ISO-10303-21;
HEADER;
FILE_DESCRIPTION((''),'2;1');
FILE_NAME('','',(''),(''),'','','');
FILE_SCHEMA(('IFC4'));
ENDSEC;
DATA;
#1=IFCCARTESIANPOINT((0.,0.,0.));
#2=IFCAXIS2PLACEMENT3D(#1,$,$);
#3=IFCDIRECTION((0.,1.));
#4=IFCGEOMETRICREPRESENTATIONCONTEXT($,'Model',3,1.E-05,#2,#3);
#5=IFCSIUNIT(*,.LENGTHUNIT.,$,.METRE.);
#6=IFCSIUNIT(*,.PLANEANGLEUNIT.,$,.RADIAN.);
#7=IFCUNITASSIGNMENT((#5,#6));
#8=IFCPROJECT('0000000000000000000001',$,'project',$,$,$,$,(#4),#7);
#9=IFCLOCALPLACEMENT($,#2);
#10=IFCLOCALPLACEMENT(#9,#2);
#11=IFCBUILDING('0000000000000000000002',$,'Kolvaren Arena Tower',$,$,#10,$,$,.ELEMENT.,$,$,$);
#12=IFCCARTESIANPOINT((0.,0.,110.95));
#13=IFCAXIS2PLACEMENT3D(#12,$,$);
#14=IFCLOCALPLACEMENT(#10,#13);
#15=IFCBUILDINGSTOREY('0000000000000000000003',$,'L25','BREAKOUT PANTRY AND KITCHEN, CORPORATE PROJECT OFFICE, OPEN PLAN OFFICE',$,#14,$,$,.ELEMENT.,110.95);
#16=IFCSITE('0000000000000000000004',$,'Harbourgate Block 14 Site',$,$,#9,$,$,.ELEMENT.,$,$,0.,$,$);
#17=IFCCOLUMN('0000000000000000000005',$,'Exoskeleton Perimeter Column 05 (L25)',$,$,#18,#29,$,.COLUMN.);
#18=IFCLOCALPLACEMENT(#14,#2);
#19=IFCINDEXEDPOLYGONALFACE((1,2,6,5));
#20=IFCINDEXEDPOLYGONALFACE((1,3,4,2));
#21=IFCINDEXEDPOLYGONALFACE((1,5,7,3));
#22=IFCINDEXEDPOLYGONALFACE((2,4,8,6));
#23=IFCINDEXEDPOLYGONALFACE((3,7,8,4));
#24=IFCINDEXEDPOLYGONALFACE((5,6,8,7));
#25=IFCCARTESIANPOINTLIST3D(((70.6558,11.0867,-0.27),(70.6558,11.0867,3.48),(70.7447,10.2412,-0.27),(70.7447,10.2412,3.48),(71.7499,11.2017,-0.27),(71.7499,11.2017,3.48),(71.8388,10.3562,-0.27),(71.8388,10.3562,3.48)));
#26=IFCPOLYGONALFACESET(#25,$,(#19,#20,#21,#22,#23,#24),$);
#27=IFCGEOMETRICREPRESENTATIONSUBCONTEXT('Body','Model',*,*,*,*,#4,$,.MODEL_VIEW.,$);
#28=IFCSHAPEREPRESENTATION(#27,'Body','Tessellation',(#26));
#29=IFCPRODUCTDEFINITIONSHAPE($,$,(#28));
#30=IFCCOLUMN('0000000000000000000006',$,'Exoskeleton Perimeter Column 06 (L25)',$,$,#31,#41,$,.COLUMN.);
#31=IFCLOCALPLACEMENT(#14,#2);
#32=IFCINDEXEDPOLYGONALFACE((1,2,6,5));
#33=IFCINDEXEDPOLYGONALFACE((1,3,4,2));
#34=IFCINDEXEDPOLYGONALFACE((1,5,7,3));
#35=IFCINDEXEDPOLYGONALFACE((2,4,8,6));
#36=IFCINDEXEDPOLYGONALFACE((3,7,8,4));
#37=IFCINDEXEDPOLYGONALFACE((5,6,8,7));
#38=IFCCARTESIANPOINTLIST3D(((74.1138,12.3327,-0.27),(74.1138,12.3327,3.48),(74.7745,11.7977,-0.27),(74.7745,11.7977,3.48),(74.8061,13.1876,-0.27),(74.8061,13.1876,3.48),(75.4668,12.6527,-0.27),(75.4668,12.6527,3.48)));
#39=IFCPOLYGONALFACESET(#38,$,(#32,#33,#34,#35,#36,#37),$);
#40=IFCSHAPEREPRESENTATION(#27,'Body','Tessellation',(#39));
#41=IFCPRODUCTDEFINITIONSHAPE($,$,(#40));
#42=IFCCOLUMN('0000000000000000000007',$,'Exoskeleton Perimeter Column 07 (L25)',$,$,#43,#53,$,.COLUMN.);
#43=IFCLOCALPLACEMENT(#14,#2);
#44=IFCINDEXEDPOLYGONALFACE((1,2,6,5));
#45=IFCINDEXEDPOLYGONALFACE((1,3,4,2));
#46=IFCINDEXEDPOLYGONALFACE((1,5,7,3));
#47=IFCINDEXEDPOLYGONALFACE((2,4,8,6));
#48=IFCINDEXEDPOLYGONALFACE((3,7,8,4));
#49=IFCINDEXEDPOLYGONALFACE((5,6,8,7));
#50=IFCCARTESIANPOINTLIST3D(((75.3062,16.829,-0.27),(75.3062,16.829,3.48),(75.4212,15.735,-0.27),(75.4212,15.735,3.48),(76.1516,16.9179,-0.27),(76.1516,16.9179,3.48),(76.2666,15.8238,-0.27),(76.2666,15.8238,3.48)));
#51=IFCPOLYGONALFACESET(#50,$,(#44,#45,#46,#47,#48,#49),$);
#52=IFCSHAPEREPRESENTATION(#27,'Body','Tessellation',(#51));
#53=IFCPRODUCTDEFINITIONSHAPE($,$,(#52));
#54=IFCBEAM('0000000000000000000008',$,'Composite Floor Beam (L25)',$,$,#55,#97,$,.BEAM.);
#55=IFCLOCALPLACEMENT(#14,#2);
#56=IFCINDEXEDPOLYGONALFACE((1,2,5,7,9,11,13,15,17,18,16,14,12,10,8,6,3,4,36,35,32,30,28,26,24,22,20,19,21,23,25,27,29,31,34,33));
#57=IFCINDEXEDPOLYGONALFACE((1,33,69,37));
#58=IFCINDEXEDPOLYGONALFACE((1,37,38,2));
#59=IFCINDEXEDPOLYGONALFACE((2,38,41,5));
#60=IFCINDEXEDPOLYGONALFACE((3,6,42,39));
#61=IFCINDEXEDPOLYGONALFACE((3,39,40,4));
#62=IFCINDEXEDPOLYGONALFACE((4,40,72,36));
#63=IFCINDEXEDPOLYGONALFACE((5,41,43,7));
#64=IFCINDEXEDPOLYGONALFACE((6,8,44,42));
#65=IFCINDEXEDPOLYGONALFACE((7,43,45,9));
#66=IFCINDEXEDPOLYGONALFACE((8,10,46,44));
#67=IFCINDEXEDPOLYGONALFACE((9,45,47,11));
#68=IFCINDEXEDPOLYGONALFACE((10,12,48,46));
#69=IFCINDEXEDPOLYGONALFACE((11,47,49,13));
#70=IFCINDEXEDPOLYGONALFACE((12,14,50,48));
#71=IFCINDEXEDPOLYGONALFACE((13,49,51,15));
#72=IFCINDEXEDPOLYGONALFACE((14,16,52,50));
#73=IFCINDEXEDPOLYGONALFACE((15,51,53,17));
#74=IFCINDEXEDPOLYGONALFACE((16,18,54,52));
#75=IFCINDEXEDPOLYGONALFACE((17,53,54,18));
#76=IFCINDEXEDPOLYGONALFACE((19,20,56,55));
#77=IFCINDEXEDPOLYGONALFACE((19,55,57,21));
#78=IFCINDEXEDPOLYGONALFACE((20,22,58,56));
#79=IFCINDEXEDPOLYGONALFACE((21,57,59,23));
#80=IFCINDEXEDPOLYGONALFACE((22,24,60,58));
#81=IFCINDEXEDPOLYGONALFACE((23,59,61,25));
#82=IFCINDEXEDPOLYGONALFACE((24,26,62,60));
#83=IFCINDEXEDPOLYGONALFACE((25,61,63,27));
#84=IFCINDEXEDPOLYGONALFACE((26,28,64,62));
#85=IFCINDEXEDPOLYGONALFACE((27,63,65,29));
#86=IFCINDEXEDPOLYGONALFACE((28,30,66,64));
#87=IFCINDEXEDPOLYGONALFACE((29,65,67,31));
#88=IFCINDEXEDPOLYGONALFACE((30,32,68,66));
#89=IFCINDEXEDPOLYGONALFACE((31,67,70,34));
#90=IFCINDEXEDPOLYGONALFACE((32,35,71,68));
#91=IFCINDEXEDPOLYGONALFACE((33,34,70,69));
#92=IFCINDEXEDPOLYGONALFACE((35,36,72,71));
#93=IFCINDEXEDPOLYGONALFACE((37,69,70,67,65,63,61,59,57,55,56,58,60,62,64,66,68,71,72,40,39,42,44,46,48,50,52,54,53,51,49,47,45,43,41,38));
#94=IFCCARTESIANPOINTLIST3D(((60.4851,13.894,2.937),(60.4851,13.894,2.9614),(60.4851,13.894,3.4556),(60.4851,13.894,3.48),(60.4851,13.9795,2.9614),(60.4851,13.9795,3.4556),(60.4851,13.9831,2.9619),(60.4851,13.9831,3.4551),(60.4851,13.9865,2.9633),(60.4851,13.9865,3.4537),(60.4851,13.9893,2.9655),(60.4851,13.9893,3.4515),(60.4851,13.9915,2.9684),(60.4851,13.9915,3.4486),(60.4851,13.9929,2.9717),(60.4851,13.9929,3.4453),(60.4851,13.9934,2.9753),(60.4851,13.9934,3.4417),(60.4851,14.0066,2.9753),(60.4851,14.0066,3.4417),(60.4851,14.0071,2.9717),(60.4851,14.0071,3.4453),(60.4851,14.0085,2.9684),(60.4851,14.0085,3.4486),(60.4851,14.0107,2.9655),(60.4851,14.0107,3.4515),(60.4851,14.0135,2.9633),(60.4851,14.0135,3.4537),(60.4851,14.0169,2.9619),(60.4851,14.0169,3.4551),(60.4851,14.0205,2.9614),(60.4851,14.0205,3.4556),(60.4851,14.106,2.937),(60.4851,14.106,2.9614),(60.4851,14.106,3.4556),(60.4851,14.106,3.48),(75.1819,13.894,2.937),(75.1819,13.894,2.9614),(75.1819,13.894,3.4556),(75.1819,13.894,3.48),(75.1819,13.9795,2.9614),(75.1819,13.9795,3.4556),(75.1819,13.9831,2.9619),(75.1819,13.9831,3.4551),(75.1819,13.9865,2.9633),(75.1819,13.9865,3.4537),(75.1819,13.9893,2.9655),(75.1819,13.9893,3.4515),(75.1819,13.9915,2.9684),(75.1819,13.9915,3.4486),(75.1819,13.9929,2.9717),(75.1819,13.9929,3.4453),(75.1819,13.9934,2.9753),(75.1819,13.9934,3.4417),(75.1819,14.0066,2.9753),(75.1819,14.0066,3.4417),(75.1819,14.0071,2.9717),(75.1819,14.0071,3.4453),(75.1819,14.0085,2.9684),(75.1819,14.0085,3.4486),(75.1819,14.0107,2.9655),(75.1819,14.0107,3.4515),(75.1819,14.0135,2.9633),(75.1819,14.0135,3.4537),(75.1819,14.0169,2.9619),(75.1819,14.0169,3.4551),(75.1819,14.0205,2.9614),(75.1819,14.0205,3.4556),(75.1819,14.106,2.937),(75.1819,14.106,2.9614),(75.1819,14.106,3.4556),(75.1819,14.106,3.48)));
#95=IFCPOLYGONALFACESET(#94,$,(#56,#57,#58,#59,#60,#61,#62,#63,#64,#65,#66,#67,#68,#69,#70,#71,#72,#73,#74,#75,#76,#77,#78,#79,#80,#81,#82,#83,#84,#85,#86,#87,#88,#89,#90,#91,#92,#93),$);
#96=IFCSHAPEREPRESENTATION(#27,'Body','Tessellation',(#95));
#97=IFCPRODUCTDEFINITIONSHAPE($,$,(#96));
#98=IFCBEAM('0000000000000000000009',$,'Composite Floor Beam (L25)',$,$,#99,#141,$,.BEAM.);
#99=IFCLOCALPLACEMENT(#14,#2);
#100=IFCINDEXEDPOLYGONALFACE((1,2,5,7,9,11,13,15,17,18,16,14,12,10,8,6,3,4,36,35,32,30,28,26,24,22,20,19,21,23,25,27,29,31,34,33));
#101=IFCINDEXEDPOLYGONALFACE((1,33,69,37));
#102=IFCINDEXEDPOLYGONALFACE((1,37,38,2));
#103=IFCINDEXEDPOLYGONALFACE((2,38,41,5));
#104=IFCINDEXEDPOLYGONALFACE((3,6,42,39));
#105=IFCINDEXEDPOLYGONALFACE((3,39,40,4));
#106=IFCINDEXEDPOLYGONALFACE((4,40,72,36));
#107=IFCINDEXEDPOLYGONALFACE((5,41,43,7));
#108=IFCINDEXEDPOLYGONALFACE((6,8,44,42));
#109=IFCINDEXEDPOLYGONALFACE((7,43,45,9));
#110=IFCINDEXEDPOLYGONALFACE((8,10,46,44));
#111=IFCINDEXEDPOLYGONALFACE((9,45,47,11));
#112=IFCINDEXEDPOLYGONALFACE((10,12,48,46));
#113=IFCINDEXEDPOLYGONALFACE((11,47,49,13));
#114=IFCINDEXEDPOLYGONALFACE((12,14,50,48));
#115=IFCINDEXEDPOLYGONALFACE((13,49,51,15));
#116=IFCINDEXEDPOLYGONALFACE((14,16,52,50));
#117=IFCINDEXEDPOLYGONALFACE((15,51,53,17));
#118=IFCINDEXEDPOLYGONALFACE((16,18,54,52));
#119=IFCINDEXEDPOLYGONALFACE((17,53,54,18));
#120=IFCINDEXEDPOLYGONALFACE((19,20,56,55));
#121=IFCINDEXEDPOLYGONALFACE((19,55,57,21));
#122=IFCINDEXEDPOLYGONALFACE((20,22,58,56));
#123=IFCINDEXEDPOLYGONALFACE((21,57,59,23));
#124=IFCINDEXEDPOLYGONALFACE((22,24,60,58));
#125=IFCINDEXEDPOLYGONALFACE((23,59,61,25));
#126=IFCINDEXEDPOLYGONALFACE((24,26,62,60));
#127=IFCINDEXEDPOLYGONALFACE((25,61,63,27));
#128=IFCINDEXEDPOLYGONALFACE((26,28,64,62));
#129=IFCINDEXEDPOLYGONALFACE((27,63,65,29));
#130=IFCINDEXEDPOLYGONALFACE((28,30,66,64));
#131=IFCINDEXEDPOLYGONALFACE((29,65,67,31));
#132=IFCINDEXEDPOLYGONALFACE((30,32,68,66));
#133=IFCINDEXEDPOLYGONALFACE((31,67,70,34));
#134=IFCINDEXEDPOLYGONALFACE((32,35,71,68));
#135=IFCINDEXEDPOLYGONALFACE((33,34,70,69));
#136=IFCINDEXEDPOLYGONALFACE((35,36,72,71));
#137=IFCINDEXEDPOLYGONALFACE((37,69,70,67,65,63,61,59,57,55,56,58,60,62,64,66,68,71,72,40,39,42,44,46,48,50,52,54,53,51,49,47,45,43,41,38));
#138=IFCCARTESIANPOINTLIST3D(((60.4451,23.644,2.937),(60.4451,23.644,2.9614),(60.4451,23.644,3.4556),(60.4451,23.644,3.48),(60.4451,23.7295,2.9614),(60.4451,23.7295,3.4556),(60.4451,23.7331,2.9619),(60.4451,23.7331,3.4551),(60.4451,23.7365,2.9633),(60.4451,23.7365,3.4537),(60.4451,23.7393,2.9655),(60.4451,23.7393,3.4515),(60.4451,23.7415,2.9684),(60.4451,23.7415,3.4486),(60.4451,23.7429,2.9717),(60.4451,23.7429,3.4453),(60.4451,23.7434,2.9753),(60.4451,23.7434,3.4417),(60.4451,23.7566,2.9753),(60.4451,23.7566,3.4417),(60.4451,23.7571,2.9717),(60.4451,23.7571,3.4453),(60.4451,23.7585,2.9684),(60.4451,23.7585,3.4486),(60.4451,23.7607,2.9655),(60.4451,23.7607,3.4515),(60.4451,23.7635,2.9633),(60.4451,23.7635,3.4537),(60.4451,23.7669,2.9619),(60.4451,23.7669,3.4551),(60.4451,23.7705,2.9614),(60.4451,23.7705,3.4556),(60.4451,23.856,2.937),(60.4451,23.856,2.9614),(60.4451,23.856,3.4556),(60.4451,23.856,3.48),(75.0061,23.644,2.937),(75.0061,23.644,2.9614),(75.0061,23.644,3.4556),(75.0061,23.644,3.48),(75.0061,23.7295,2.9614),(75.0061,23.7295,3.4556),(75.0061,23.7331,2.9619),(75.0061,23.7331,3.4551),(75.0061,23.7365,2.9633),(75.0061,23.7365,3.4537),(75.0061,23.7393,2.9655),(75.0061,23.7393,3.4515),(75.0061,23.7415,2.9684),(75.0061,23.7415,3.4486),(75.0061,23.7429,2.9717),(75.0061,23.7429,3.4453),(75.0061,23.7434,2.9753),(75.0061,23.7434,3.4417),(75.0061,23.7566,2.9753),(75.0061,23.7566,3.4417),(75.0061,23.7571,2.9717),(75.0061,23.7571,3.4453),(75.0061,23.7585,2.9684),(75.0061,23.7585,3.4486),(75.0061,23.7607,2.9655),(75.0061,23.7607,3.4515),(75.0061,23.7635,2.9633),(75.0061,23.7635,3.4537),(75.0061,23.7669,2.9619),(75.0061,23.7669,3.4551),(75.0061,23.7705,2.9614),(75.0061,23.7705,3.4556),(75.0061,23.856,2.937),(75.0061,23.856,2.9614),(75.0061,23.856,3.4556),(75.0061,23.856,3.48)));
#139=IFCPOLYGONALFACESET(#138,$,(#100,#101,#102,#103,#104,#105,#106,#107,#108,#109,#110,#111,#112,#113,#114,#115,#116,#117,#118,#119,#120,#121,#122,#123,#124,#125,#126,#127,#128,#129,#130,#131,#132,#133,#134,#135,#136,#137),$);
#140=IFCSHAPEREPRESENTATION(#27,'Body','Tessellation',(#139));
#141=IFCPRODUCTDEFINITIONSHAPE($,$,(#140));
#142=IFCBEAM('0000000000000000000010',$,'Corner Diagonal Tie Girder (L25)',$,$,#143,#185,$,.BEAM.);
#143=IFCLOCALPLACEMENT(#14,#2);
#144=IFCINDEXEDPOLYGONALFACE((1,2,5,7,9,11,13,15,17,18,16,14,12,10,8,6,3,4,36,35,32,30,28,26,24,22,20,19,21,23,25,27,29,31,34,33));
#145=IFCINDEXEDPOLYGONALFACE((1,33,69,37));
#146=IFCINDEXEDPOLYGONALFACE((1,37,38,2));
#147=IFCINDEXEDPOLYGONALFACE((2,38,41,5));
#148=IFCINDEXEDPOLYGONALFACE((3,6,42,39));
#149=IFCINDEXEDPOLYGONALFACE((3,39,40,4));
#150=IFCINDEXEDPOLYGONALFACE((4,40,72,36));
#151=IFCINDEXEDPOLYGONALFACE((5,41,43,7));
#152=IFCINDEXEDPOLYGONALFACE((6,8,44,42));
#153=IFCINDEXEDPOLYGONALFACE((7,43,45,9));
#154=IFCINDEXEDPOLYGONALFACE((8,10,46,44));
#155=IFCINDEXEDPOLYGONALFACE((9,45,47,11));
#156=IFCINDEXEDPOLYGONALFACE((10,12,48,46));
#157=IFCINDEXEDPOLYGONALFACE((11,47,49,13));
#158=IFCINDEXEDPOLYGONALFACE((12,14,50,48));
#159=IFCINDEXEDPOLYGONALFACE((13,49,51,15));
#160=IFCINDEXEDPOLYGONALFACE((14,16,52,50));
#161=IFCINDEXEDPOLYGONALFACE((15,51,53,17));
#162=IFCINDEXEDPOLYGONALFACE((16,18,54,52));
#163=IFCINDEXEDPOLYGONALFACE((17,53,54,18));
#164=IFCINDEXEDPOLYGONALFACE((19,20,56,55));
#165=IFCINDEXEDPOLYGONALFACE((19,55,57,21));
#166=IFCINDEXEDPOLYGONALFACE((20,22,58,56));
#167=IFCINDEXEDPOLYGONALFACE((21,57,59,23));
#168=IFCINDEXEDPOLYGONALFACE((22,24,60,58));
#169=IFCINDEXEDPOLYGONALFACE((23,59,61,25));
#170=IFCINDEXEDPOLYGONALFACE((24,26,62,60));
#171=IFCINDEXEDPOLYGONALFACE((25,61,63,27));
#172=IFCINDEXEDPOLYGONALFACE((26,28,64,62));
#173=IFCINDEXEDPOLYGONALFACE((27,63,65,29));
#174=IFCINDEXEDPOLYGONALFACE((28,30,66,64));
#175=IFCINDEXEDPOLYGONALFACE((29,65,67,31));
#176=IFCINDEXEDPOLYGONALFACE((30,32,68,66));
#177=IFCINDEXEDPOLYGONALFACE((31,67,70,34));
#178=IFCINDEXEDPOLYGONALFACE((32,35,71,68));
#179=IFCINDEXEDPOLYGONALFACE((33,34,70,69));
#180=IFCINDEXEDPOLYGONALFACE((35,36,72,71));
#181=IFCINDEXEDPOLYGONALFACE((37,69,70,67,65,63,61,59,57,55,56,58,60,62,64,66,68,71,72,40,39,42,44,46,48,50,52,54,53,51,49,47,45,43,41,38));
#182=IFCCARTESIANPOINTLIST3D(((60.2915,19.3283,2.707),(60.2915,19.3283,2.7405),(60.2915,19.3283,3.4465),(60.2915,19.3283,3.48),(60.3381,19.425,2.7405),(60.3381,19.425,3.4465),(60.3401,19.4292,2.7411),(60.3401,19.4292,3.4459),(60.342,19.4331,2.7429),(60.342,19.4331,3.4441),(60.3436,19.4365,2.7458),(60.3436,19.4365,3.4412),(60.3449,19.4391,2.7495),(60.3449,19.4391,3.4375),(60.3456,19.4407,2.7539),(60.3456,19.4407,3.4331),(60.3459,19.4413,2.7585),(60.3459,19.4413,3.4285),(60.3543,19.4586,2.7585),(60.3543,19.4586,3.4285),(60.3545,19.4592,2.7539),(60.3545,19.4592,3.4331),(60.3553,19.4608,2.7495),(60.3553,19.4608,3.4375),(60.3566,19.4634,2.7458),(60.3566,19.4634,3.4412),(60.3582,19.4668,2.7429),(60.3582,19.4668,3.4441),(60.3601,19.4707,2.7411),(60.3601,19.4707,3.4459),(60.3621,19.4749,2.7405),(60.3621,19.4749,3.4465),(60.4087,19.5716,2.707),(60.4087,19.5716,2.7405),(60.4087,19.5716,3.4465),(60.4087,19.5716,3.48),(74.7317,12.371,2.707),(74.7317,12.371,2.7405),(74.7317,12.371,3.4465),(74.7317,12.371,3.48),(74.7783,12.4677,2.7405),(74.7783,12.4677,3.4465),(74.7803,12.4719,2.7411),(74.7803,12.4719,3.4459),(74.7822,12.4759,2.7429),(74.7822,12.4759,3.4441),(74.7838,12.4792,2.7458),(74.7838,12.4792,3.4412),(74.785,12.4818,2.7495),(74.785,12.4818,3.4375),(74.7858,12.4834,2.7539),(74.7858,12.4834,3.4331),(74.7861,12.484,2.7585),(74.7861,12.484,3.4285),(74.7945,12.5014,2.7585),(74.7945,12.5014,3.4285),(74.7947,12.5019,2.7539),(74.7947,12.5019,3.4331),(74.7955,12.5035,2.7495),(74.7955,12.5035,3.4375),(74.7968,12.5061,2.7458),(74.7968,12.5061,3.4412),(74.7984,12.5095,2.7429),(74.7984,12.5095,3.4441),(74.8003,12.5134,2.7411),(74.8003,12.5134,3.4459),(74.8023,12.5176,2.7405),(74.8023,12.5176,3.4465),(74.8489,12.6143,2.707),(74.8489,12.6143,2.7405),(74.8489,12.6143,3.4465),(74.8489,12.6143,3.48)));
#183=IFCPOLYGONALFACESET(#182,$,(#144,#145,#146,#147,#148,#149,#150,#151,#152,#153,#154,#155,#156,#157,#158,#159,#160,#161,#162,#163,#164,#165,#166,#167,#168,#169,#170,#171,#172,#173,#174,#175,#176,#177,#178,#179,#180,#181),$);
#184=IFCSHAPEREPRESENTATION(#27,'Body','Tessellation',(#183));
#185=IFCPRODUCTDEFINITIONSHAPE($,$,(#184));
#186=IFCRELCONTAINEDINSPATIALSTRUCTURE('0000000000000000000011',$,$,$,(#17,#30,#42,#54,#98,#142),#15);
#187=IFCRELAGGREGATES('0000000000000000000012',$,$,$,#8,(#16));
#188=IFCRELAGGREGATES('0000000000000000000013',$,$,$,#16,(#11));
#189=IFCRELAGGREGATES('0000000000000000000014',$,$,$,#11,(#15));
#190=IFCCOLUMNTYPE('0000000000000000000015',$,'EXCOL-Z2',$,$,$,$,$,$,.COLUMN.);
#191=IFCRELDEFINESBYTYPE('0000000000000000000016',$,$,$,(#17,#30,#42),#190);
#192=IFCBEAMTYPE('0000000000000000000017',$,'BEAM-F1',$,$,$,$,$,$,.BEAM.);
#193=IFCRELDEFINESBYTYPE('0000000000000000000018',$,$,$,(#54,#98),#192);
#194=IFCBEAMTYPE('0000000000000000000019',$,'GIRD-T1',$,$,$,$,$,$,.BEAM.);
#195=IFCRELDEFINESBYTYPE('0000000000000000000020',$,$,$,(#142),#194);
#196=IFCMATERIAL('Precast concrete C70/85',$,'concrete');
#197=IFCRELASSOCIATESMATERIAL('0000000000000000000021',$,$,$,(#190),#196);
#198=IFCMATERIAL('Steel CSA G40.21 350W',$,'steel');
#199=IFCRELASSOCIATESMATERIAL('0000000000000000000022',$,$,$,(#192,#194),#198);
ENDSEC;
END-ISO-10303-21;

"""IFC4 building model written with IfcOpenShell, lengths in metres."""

from ifc_helpers import new_model, si_unit, direction, frame, origin, origin_2d, place, context, subcontext, project, spatial, rectangle, i_section, extrude, material, material_profile, profile_set, type_object, element, save


model = new_model("IFC4")

# Units and contexts
model_context = context("Model", 3, precision=1e-05, world=origin(), true_north=direction((0.0, 1.0)))
body_context = subcontext(model_context, "Body", "Model", "MODEL_VIEW")
ifc_project = project(units=[si_unit("LENGTHUNIT", "METRE"), si_unit("PLANEANGLEUNIT", "RADIAN")], contexts=[model_context])

# Site, building, storey
site_placement = place(None, origin())
site = spatial("IfcSite", under=ifc_project, at=site_placement, Name="Harbourgate Block 14 Site", CompositionType="ELEMENT", RefElevation=0.0)
building_placement = place(site_placement, origin())
building = spatial("IfcBuilding", under=site, at=building_placement, Name="Kolvaren Arena Tower", CompositionType="ELEMENT")
storey_placement = place(building_placement, frame((0.0, 0.0, 110.95)))
storey = spatial("IfcBuildingStorey", under=building, at=storey_placement, Name="L25", Description="BREAKOUT PANTRY AND KITCHEN, CORPORATE PROJECT OFFICE, OPEN PLAN OFFICE", CompositionType="ELEMENT", Elevation=110.95)

# Columns
ifc_material_1 = material(Name="Precast concrete C70/85", Category="concrete")
ifc_material_profile_1 = material_profile(ifc_material_1, rectangle(XDim=1.1001, YDim=0.8501, at=origin_2d()), Name="RC-1100x850")
ifc_profile_set_1 = profile_set([ifc_material_profile_1], Name="Precast concrete C70/85")
column_type = type_object("IfcColumnType", Name="EXCOL-Z2", PredefinedType="COLUMN", material=ifc_profile_set_1)
for number, where, z_axis, x_axis, name in (
    (1, (71.2473, 10.7214, -0.27), (0.0, 0.0, 1.0), (0.994522, 0.104528, 0.0), "Exoskeleton Perimeter Column 05 (L25)"),
    (2, (74.7903, 12.4927, -0.27), (0.0, 0.0, 1.0), (0.62932, 0.777146, 0.0), "Exoskeleton Perimeter Column 06 (L25)"),
    (3, (75.7864, 16.3264, -0.27), (0.0, 0.0, 1.0), (-0.104528, 0.994522, 0.0), "Exoskeleton Perimeter Column 07 (L25)"),
):
    element("IfcColumn", number, at=place(storey_placement, frame(where, z_axis=z_axis, x_axis=x_axis)), inside=storey, type_object=column_type, Name=name, PredefinedType="COLUMN", context=body_context, shape_type="SweptSolid", body=[
        extrude(rectangle(XDim=1.1001, YDim=0.8501, at=origin_2d()), origin(), (0.0, 0.0, 1.0), 3.75),
    ])

# Beams
ifc_material_2 = material(Name="Steel CSA G40.21 350W", Category="steel")
ifc_material_profile_2 = material_profile(ifc_material_2, i_section(OverallWidth=0.2119, OverallDepth=0.543, WebThickness=0.0132, FlangeThickness=0.0244, FilletRadius=0.0139, at=origin_2d()), Name="W530x150")
ifc_profile_set_2 = profile_set([ifc_material_profile_2], Name="Steel CSA G40.21 350W")
beam_type_1 = type_object("IfcBeamType", Name="BEAM-F1", PredefinedType="BEAM", material=ifc_profile_set_2)
beam_1_placement = place(storey_placement, frame((60.4851, 14.0, 3.2085), z_axis=(1.0, 0.0, 0.0), x_axis=(0.0, 1.0, 0.0)))
element("IfcBeam", 4, at=beam_1_placement, inside=storey, type_object=beam_type_1, Name="Composite Floor Beam (L25)", PredefinedType="BEAM", context=body_context, shape_type="SweptSolid", body=[
    extrude(i_section(OverallWidth=0.2119, OverallDepth=0.543, WebThickness=0.0132, FlangeThickness=0.0244, FilletRadius=0.0139, at=origin_2d()), origin(), (0.0, 0.0, 1.0), 14.6968),
])
beam_2_placement = place(storey_placement, frame((60.4451, 23.75, 3.2085), z_axis=(1.0, 0.0, 0.0), x_axis=(0.0, 1.0, 0.0)))
element("IfcBeam", 5, at=beam_2_placement, inside=storey, type_object=beam_type_1, Name="Composite Floor Beam (L25)", PredefinedType="BEAM", context=body_context, shape_type="SweptSolid", body=[
    extrude(i_section(OverallWidth=0.2119, OverallDepth=0.543, WebThickness=0.0132, FlangeThickness=0.0244, FilletRadius=0.0139, at=origin_2d()), origin(), (0.0, 0.0, 1.0), 14.561),
])
ifc_material_profile_3 = material_profile(ifc_material_2, i_section(OverallWidth=0.27, OverallDepth=0.7729, WebThickness=0.0193, FlangeThickness=0.0334, FilletRadius=0.0181, at=origin_2d()), Name="W760x257")
ifc_profile_set_3 = profile_set([ifc_material_profile_3], Name="Steel CSA G40.21 350W")
beam_type_2 = type_object("IfcBeamType", Name="GIRD-T1", PredefinedType="BEAM", material=ifc_profile_set_3)
beam_3_placement = place(storey_placement, frame((74.7903, 12.4927, 3.0935), z_axis=(-0.90089, 0.434048, 0.0), x_axis=(-0.434048, -0.90089, 0.0)))
element("IfcBeam", 6, at=beam_3_placement, inside=storey, type_object=beam_type_2, Name="Corner Diagonal Tie Girder (L25)", PredefinedType="BEAM", context=body_context, shape_type="SweptSolid", body=[
    extrude(i_section(OverallWidth=0.27, OverallDepth=0.7729, WebThickness=0.0193, FlangeThickness=0.0334, FilletRadius=0.0181, at=origin_2d()), origin(), (0.0, 0.0, 1.0), 16.0288),
])

save(model, "model.ifc")
